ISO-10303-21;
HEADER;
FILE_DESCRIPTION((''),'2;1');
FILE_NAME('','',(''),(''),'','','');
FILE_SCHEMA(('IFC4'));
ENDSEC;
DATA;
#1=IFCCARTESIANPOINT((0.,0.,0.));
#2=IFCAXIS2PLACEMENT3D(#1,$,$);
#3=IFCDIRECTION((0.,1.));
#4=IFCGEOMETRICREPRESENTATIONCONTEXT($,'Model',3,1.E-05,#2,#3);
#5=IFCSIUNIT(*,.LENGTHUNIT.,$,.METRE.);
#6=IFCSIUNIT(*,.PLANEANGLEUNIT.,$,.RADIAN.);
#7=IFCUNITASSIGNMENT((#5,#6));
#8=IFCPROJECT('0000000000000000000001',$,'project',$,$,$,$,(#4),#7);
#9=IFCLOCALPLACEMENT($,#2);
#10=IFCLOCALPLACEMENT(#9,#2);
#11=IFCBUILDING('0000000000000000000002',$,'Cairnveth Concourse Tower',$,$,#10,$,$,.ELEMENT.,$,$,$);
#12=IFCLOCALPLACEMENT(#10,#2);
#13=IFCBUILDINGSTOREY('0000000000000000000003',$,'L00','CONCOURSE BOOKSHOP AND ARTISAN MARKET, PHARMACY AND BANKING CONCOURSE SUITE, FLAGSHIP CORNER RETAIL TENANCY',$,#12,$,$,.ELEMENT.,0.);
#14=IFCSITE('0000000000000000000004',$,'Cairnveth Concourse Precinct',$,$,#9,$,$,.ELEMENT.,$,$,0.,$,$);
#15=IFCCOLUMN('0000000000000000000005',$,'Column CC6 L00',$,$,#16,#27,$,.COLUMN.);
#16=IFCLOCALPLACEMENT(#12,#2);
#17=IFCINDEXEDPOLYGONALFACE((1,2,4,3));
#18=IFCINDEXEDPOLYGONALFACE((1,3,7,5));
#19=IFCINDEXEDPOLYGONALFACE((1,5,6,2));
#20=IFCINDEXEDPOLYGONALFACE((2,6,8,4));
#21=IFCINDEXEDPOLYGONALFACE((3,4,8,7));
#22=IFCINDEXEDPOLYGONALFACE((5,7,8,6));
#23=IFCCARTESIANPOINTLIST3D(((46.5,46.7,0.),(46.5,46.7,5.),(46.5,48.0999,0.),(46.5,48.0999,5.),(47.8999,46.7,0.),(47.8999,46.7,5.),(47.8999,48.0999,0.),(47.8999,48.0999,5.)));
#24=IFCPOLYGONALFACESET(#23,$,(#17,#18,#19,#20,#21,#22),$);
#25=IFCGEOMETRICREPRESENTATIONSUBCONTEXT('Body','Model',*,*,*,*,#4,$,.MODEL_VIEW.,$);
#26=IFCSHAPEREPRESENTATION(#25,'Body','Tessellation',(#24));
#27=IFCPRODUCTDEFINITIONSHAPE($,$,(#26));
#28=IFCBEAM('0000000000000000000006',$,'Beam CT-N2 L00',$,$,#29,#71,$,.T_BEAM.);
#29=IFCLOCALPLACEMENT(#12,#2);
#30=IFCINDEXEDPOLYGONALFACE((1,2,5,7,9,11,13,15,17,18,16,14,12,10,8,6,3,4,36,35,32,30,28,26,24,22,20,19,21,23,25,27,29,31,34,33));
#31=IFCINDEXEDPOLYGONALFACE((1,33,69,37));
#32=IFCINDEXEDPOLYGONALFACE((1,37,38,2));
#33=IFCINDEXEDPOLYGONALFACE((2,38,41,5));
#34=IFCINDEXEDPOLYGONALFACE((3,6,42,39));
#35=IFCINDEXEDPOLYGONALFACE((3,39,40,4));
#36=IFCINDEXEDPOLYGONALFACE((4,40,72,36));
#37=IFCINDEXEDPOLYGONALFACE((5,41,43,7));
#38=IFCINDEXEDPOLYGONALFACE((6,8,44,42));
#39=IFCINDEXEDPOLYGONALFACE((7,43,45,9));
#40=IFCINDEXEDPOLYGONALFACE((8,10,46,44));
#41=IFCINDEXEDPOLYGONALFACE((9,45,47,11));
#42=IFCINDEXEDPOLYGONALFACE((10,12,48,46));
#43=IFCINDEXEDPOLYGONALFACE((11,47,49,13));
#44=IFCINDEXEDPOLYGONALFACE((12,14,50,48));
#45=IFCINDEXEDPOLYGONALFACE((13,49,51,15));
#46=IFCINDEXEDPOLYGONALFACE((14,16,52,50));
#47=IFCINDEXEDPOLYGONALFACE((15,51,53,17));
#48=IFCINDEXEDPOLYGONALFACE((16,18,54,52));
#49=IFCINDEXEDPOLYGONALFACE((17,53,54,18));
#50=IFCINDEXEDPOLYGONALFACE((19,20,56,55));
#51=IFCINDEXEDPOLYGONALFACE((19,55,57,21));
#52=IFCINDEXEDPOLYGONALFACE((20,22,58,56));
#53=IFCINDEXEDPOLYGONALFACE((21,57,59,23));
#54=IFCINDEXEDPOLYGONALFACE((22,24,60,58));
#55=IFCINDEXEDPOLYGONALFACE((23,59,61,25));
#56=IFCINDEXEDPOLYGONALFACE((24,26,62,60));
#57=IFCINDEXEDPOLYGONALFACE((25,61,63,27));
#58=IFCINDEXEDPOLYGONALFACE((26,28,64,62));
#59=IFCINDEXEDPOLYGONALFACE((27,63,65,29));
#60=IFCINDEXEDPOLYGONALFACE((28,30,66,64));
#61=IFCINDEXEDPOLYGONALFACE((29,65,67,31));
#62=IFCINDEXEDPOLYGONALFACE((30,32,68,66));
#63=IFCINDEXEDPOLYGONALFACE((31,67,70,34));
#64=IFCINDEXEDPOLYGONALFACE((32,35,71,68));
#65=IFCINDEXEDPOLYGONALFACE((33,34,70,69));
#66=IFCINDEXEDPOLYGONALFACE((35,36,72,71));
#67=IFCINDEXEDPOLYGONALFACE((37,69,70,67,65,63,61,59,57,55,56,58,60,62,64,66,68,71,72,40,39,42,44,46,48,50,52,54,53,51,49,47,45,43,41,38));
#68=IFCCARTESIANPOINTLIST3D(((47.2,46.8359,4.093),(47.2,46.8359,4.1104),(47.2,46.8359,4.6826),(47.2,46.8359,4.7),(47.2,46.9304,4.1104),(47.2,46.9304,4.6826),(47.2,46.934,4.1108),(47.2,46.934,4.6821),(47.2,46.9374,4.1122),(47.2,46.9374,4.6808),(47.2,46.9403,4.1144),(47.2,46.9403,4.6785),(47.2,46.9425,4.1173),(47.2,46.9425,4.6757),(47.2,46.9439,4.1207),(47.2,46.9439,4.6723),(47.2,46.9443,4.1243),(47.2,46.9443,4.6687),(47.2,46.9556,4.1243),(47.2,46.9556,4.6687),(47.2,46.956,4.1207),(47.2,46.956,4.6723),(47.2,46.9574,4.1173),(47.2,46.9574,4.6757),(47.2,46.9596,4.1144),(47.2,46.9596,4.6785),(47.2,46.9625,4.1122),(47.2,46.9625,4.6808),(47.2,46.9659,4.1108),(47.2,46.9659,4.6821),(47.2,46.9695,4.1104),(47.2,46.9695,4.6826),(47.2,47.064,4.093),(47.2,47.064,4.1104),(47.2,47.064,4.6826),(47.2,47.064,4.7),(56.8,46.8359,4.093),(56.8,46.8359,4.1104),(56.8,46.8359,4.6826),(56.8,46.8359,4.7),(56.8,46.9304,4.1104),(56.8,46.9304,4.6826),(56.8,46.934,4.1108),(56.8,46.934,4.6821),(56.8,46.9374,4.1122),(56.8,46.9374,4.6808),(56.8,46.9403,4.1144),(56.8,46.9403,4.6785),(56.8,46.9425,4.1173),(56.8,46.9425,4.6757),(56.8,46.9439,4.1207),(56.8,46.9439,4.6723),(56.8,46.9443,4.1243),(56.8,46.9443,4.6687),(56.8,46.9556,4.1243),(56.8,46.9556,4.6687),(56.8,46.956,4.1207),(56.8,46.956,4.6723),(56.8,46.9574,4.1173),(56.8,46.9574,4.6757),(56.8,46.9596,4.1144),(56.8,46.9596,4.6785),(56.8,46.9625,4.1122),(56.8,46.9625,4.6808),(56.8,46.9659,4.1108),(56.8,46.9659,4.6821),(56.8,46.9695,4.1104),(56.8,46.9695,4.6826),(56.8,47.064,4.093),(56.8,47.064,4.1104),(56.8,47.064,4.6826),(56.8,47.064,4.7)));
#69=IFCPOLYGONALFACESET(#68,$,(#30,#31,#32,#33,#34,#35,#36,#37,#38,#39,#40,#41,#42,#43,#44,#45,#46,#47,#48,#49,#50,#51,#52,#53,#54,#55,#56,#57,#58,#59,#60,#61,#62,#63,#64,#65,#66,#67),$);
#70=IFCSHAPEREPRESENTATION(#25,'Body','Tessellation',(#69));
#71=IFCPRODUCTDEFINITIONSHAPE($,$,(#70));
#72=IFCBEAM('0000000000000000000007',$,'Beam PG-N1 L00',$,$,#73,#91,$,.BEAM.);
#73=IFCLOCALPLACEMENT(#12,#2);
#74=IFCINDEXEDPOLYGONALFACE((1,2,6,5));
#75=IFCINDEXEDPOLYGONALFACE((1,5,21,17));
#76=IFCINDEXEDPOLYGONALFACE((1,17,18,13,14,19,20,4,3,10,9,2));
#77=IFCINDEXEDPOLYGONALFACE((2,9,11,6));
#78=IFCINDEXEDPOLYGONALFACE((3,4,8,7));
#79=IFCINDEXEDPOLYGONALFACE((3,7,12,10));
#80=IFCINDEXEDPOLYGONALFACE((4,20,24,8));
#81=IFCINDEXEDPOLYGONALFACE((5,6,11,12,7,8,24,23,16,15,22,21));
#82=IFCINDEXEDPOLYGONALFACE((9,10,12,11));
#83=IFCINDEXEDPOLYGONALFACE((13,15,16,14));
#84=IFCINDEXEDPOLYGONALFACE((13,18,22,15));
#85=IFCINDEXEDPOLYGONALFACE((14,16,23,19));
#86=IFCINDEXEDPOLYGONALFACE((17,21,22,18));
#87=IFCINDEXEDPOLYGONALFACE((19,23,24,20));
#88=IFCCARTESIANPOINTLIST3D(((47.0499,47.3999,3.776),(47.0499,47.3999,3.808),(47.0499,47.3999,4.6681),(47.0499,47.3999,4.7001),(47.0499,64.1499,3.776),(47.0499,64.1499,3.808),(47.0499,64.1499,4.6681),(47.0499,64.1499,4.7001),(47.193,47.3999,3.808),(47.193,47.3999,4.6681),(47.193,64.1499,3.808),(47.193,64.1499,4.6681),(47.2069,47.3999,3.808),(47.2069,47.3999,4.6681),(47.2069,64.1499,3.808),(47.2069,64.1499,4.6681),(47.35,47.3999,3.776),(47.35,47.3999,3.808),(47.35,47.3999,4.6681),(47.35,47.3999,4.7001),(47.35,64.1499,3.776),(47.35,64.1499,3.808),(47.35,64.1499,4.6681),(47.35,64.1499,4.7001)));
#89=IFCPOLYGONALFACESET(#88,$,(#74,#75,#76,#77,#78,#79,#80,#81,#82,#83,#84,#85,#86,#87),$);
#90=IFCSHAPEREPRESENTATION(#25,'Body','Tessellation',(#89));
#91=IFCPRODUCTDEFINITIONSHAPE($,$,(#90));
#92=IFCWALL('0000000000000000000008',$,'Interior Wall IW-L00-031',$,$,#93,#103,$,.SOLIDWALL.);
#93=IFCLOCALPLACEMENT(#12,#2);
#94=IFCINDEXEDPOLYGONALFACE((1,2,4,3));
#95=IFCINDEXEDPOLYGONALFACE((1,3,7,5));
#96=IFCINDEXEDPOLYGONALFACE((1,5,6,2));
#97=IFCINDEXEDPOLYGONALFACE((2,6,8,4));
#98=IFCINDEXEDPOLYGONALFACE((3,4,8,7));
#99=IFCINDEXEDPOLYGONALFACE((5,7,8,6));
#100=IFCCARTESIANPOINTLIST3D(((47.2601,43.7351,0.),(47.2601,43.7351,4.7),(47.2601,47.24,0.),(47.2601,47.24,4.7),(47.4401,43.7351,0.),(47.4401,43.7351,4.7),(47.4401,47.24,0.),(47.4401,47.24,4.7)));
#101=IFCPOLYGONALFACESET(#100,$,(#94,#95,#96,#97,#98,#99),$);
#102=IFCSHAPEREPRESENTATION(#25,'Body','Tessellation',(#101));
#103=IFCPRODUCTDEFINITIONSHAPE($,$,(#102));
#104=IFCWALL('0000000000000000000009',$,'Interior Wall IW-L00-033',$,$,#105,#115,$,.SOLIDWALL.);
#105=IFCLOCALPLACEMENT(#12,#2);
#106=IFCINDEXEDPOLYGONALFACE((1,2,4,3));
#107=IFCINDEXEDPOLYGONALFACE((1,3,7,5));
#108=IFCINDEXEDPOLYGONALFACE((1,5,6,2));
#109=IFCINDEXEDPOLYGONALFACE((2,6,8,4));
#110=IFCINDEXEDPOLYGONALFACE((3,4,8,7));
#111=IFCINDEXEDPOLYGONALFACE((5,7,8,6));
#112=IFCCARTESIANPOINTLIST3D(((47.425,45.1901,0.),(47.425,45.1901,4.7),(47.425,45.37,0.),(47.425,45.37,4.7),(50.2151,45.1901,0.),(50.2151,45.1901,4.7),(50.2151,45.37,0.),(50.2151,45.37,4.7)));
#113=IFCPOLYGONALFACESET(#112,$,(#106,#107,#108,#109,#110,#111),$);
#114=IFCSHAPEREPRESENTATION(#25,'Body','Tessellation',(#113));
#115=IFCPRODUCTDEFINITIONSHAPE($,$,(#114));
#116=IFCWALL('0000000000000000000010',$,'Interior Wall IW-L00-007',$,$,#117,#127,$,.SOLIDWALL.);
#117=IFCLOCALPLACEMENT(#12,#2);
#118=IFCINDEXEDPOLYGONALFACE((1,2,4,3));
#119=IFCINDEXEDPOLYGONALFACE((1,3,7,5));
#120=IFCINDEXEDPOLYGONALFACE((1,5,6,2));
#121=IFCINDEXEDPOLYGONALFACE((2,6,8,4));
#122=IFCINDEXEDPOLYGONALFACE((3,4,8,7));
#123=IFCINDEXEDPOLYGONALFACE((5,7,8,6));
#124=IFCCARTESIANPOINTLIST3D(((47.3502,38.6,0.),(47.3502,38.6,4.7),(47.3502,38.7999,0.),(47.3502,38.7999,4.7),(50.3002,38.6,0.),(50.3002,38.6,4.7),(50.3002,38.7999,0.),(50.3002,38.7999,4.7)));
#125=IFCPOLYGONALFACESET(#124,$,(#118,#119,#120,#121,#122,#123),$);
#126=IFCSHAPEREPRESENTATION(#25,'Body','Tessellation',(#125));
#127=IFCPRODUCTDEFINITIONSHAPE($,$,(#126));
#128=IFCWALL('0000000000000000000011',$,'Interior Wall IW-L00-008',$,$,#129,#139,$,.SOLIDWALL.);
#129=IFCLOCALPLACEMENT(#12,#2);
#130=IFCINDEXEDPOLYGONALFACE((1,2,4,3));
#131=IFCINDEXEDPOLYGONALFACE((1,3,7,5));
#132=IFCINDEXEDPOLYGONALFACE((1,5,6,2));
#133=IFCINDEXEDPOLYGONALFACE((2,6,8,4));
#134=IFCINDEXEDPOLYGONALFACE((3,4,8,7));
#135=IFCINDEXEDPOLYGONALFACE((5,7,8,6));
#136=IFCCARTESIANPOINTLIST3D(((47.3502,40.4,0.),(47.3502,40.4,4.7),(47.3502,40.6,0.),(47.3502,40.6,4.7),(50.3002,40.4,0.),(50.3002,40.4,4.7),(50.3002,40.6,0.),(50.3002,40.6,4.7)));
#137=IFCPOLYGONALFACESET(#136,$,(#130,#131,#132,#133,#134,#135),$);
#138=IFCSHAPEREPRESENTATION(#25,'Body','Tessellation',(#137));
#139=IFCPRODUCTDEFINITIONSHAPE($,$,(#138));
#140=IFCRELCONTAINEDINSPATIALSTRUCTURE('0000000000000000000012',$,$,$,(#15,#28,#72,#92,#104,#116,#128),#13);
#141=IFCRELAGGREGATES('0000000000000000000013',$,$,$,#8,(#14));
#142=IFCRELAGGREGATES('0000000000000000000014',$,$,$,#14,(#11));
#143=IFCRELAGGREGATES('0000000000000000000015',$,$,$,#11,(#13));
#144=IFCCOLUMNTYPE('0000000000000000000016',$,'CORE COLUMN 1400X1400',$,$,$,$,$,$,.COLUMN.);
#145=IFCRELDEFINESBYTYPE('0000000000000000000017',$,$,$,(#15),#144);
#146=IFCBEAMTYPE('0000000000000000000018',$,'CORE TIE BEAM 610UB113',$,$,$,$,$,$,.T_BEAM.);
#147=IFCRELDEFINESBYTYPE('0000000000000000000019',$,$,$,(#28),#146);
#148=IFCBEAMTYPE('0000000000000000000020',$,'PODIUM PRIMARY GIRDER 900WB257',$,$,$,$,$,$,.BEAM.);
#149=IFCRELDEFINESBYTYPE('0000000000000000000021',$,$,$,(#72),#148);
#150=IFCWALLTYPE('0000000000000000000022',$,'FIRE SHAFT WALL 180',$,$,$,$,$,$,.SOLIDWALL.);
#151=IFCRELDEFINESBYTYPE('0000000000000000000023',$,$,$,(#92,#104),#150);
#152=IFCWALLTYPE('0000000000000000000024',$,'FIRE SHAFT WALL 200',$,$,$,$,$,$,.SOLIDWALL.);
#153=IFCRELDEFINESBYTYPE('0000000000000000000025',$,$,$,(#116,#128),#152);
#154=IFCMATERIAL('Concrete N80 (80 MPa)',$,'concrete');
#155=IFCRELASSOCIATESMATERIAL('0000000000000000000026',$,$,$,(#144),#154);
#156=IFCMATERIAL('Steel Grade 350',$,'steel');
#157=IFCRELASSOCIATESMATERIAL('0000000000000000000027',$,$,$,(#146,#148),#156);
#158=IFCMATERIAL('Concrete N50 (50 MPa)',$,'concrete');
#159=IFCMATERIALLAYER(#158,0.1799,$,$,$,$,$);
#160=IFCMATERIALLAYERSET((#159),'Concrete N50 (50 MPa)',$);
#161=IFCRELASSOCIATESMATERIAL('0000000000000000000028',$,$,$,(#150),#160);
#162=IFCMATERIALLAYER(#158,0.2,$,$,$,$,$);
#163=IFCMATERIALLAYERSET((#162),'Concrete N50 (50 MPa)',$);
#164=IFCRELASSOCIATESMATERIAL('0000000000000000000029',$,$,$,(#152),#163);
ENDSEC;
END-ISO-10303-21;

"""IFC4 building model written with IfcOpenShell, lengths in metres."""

from ifc_helpers import new_model, si_unit, direction, frame, frame_2d, origin, origin_2d, place, context, subcontext, project, spatial, rectangle, i_section, extrude, material, layer, layer_set, material_profile, profile_set, type_object, element, save


model = new_model("IFC4")

# Units and contexts
model_context = context("Model", 3, precision=1e-05, world=origin(), true_north=direction((0.0, 1.0)))
body_context = subcontext(model_context, "Body", "Model", "MODEL_VIEW")
ifc_project = project(units=[si_unit("LENGTHUNIT", "METRE"), si_unit("PLANEANGLEUNIT", "RADIAN")], contexts=[model_context])

# Site, building, storey
site_placement = place(None, origin())
site = spatial("IfcSite", under=ifc_project, at=site_placement, Name="Cairnveth Concourse Precinct", CompositionType="ELEMENT", RefElevation=0.0)
building_placement = place(site_placement, origin())
building = spatial("IfcBuilding", under=site, at=building_placement, Name="Cairnveth Concourse Tower", CompositionType="ELEMENT")
storey_placement = place(building_placement, origin())
storey = spatial("IfcBuildingStorey", under=building, at=storey_placement, Name="L00", Description="CONCOURSE BOOKSHOP AND ARTISAN MARKET, PHARMACY AND BANKING CONCOURSE SUITE, FLAGSHIP CORNER RETAIL TENANCY", CompositionType="ELEMENT", Elevation=0.0)

# Column
ifc_material_1 = material(Name="Concrete N80 (80 MPa)", Category="concrete")
ifc_material_profile_1 = material_profile(ifc_material_1, rectangle(XDim=1.3999, YDim=1.3999, at=origin_2d()), Name="RC-COL-1400x1400")
ifc_profile_set_1 = profile_set([ifc_material_profile_1], Name="Concrete N80 (80 MPa)")
column_type = type_object("IfcColumnType", Name="CORE COLUMN 1400X1400", PredefinedType="COLUMN", material=ifc_profile_set_1)
column_placement = place(storey_placement, frame((47.2, 47.3999, 0.0), z_axis=(0.0, 0.0, 1.0), x_axis=(1.0, 0.0, 0.0)))
element("IfcColumn", 1, at=column_placement, inside=storey, type_object=column_type, Name="Column CC6 L00", PredefinedType="COLUMN", context=body_context, shape_type="SweptSolid", body=[
    extrude(rectangle(XDim=1.3999, YDim=1.3999, at=origin_2d()), origin(), (0.0, 0.0, 1.0), 5.0),
])

# Beams
ifc_material_2 = material(Name="Steel Grade 350", Category="steel")
ifc_material_profile_2 = material_profile(ifc_material_2, i_section(OverallWidth=0.228, OverallDepth=0.6069, WebThickness=0.0112, FlangeThickness=0.0173, FilletRadius=0.0139, at=origin_2d()), Name="610UB113")
ifc_profile_set_2 = profile_set([ifc_material_profile_2], Name="Steel Grade 350")
beam_type_1 = type_object("IfcBeamType", Name="CORE TIE BEAM 610UB113", PredefinedType="T_BEAM", material=ifc_profile_set_2)
beam_1_placement = place(storey_placement, frame((47.2, 46.95, 4.3965), z_axis=(1.0, 0.0, 0.0), x_axis=(0.0, 1.0, 0.0)))
element("IfcBeam", 2, at=beam_1_placement, inside=storey, type_object=beam_type_1, Name="Beam CT-N2 L00", PredefinedType="T_BEAM", context=body_context, shape_type="SweptSolid", body=[
    extrude(i_section(OverallWidth=0.228, OverallDepth=0.6069, WebThickness=0.0112, FlangeThickness=0.0173, FilletRadius=0.0139, at=origin_2d()), origin(), (0.0, 0.0, 1.0), 9.6001),
])
ifc_material_profile_3 = material_profile(ifc_material_2, i_section(OverallWidth=0.3, OverallDepth=0.9241, WebThickness=0.0139, FlangeThickness=0.032, at=origin_2d()), Name="900WB257")
ifc_profile_set_3 = profile_set([ifc_material_profile_3], Name="Steel Grade 350")
beam_type_2 = type_object("IfcBeamType", Name="PODIUM PRIMARY GIRDER 900WB257", PredefinedType="BEAM", material=ifc_profile_set_3)
beam_2_placement = place(storey_placement, frame((47.2, 47.3999, 4.238), z_axis=(0.0, 1.0, 0.0), x_axis=(-1.0, 0.0, 0.0)))
element("IfcBeam", 3, at=beam_2_placement, inside=storey, type_object=beam_type_2, Name="Beam PG-N1 L00", PredefinedType="BEAM", context=body_context, shape_type="SweptSolid", body=[
    extrude(i_section(OverallWidth=0.3, OverallDepth=0.9241, WebThickness=0.0139, FlangeThickness=0.032, at=origin_2d()), origin(), (0.0, 0.0, 1.0), 16.75),
])

# Walls
ifc_material_3 = material(Name="Concrete N50 (50 MPa)", Category="concrete")
ifc_layer_1 = layer(ifc_material_3, 0.1799)
ifc_layer_set_1 = layer_set([ifc_layer_1], Name="Concrete N50 (50 MPa)")
wall_type_1 = type_object("IfcWallType", Name="FIRE SHAFT WALL 180", PredefinedType="SOLIDWALL", material=ifc_layer_set_1)
wall_1_placement = place(storey_placement, frame((47.3501, 43.7351, 0.0), z_axis=(0.0, 0.0, 1.0), x_axis=(0.0, 1.0, 0.0)))
element("IfcWall", 4, at=wall_1_placement, inside=storey, type_object=wall_type_1, Name="Interior Wall IW-L00-031", PredefinedType="SOLIDWALL", context=body_context, shape_type="SweptSolid", body=[
    extrude(rectangle(XDim=3.5049, YDim=0.1799, at=frame_2d((1.7524, 0.0))), origin(), (0.0, 0.0, 1.0), 4.7),
])
wall_2_placement = place(storey_placement, frame((47.425, 45.28, 0.0), z_axis=(0.0, 0.0, 1.0), x_axis=(1.0, 0.0, 0.0)))
element("IfcWall", 5, at=wall_2_placement, inside=storey, type_object=wall_type_1, Name="Interior Wall IW-L00-033", PredefinedType="SOLIDWALL", context=body_context, shape_type="SweptSolid", body=[
    extrude(rectangle(XDim=2.79, YDim=0.1799, at=frame_2d((1.395, 0.0))), origin(), (0.0, 0.0, 1.0), 4.7),
])
ifc_layer_2 = layer(ifc_material_3, 0.2)
ifc_layer_set_2 = layer_set([ifc_layer_2], Name="Concrete N50 (50 MPa)")
wall_type_2 = type_object("IfcWallType", Name="FIRE SHAFT WALL 200", PredefinedType="SOLIDWALL", material=ifc_layer_set_2)
for number, where, z_axis, x_axis, name in (
    (6, (47.3501, 38.7, 0.0), (0.0, 0.0, 1.0), (1.0, 0.0, 0.0), "Interior Wall IW-L00-007"),
    (7, (47.3501, 40.5, 0.0), (0.0, 0.0, 1.0), (1.0, 0.0, 0.0), "Interior Wall IW-L00-008"),
):
    element("IfcWall", number, at=place(storey_placement, frame(where, z_axis=z_axis, x_axis=x_axis)), inside=storey, type_object=wall_type_2, Name=name, PredefinedType="SOLIDWALL", context=body_context, shape_type="SweptSolid", body=[
        extrude(rectangle(XDim=2.95, YDim=0.2, at=frame_2d((1.4751, 0.0))), origin(), (0.0, 0.0, 1.0), 4.7),
    ])

save(model, "model.ifc")
